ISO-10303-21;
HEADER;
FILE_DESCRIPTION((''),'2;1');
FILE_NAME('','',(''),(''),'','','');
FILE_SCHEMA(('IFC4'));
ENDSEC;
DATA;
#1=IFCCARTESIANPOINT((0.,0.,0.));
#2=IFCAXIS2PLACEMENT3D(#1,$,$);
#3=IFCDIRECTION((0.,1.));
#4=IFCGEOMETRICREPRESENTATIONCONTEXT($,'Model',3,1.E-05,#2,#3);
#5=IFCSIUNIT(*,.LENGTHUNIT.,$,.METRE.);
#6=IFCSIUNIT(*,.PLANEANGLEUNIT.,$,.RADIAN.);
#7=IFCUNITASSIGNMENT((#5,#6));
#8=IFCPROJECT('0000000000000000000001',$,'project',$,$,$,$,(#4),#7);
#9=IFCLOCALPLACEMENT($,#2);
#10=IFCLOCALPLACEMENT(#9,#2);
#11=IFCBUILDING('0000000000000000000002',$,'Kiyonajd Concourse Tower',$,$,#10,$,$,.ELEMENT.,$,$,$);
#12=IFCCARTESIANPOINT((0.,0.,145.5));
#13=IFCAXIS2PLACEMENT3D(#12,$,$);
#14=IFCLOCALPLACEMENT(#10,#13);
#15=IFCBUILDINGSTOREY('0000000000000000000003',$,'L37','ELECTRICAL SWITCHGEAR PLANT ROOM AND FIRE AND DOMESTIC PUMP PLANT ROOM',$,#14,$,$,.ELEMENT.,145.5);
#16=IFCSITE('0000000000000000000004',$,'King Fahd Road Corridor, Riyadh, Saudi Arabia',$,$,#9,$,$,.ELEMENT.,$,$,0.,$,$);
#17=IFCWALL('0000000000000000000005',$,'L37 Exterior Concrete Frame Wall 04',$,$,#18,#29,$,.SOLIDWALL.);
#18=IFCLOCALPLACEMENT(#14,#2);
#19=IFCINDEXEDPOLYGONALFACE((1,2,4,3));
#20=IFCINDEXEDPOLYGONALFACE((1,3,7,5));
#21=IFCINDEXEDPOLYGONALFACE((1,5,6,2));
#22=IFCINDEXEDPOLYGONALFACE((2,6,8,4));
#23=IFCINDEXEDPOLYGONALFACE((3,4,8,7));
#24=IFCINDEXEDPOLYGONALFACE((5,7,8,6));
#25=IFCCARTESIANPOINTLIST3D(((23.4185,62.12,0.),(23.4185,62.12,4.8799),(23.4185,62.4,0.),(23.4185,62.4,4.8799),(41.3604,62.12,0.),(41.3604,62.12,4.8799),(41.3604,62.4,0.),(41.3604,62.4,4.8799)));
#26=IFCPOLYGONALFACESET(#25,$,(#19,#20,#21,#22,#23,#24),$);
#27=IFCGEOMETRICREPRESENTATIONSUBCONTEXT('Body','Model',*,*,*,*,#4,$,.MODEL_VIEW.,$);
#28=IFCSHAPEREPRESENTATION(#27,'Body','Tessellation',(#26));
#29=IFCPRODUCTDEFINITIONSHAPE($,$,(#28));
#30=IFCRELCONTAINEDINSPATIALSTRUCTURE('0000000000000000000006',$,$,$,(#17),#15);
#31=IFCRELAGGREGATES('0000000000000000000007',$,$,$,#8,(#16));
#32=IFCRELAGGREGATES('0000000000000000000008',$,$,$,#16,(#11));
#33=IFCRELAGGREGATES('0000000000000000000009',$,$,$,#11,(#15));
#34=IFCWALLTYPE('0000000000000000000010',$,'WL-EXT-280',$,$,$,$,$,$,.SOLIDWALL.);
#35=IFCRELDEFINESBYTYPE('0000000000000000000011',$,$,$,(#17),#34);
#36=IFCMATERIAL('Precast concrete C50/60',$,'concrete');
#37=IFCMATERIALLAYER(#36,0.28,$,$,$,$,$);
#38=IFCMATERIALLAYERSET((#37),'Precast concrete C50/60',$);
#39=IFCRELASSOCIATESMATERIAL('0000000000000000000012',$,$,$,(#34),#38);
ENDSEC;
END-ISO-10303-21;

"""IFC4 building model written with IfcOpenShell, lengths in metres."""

from ifc_helpers import new_model, si_unit, direction, frame, frame_2d, origin, place, context, subcontext, project, spatial, rectangle, extrude, material, layer, layer_set, type_object, element, save


model = new_model("IFC4")

# Units and contexts
model_context = context("Model", 3, precision=1e-05, world=origin(), true_north=direction((0.0, 1.0)))
body_context = subcontext(model_context, "Body", "Model", "MODEL_VIEW")
ifc_project = project(units=[si_unit("LENGTHUNIT", "METRE"), si_unit("PLANEANGLEUNIT", "RADIAN")], contexts=[model_context])

# Site, building, storey
site_placement = place(None, origin())
site = spatial("IfcSite", under=ifc_project, at=site_placement, Name="King Fahd Road Corridor, Riyadh, Saudi Arabia", CompositionType="ELEMENT", RefElevation=0.0)
building_placement = place(site_placement, origin())
building = spatial("IfcBuilding", under=site, at=building_placement, Name="Kiyonajd Concourse Tower", CompositionType="ELEMENT")
storey_placement = place(building_placement, frame((0.0, 0.0, 145.5)))
storey = spatial("IfcBuildingStorey", under=building, at=storey_placement, Name="L37", Description="ELECTRICAL SWITCHGEAR PLANT ROOM AND FIRE AND DOMESTIC PUMP PLANT ROOM", CompositionType="ELEMENT", Elevation=145.5)

# Wall
ifc_material_1 = material(Name="Precast concrete C50/60", Category="concrete")
ifc_layer_1 = layer(ifc_material_1, 0.28)
ifc_layer_set_1 = layer_set([ifc_layer_1], Name="Precast concrete C50/60")
wall_type = type_object("IfcWallType", Name="WL-EXT-280", PredefinedType="SOLIDWALL", material=ifc_layer_set_1)
wall_1_placement = place(storey_placement, frame((23.4185, 62.26, 0.0), z_axis=(0.0, 0.0, 1.0), x_axis=(1.0, 0.0, 0.0)))
element("IfcWall", 1, at=wall_1_placement, inside=storey, type_object=wall_type, Name="L37 Exterior Concrete Frame Wall 04", PredefinedType="SOLIDWALL", context=body_context, shape_type="SweptSolid", body=[
    extrude(rectangle(XDim=17.9419, YDim=0.28, at=frame_2d((8.9709, 0.0))), origin(), (0.0, 0.0, 1.0), 4.8799),
])

save(model, "model.ifc")
